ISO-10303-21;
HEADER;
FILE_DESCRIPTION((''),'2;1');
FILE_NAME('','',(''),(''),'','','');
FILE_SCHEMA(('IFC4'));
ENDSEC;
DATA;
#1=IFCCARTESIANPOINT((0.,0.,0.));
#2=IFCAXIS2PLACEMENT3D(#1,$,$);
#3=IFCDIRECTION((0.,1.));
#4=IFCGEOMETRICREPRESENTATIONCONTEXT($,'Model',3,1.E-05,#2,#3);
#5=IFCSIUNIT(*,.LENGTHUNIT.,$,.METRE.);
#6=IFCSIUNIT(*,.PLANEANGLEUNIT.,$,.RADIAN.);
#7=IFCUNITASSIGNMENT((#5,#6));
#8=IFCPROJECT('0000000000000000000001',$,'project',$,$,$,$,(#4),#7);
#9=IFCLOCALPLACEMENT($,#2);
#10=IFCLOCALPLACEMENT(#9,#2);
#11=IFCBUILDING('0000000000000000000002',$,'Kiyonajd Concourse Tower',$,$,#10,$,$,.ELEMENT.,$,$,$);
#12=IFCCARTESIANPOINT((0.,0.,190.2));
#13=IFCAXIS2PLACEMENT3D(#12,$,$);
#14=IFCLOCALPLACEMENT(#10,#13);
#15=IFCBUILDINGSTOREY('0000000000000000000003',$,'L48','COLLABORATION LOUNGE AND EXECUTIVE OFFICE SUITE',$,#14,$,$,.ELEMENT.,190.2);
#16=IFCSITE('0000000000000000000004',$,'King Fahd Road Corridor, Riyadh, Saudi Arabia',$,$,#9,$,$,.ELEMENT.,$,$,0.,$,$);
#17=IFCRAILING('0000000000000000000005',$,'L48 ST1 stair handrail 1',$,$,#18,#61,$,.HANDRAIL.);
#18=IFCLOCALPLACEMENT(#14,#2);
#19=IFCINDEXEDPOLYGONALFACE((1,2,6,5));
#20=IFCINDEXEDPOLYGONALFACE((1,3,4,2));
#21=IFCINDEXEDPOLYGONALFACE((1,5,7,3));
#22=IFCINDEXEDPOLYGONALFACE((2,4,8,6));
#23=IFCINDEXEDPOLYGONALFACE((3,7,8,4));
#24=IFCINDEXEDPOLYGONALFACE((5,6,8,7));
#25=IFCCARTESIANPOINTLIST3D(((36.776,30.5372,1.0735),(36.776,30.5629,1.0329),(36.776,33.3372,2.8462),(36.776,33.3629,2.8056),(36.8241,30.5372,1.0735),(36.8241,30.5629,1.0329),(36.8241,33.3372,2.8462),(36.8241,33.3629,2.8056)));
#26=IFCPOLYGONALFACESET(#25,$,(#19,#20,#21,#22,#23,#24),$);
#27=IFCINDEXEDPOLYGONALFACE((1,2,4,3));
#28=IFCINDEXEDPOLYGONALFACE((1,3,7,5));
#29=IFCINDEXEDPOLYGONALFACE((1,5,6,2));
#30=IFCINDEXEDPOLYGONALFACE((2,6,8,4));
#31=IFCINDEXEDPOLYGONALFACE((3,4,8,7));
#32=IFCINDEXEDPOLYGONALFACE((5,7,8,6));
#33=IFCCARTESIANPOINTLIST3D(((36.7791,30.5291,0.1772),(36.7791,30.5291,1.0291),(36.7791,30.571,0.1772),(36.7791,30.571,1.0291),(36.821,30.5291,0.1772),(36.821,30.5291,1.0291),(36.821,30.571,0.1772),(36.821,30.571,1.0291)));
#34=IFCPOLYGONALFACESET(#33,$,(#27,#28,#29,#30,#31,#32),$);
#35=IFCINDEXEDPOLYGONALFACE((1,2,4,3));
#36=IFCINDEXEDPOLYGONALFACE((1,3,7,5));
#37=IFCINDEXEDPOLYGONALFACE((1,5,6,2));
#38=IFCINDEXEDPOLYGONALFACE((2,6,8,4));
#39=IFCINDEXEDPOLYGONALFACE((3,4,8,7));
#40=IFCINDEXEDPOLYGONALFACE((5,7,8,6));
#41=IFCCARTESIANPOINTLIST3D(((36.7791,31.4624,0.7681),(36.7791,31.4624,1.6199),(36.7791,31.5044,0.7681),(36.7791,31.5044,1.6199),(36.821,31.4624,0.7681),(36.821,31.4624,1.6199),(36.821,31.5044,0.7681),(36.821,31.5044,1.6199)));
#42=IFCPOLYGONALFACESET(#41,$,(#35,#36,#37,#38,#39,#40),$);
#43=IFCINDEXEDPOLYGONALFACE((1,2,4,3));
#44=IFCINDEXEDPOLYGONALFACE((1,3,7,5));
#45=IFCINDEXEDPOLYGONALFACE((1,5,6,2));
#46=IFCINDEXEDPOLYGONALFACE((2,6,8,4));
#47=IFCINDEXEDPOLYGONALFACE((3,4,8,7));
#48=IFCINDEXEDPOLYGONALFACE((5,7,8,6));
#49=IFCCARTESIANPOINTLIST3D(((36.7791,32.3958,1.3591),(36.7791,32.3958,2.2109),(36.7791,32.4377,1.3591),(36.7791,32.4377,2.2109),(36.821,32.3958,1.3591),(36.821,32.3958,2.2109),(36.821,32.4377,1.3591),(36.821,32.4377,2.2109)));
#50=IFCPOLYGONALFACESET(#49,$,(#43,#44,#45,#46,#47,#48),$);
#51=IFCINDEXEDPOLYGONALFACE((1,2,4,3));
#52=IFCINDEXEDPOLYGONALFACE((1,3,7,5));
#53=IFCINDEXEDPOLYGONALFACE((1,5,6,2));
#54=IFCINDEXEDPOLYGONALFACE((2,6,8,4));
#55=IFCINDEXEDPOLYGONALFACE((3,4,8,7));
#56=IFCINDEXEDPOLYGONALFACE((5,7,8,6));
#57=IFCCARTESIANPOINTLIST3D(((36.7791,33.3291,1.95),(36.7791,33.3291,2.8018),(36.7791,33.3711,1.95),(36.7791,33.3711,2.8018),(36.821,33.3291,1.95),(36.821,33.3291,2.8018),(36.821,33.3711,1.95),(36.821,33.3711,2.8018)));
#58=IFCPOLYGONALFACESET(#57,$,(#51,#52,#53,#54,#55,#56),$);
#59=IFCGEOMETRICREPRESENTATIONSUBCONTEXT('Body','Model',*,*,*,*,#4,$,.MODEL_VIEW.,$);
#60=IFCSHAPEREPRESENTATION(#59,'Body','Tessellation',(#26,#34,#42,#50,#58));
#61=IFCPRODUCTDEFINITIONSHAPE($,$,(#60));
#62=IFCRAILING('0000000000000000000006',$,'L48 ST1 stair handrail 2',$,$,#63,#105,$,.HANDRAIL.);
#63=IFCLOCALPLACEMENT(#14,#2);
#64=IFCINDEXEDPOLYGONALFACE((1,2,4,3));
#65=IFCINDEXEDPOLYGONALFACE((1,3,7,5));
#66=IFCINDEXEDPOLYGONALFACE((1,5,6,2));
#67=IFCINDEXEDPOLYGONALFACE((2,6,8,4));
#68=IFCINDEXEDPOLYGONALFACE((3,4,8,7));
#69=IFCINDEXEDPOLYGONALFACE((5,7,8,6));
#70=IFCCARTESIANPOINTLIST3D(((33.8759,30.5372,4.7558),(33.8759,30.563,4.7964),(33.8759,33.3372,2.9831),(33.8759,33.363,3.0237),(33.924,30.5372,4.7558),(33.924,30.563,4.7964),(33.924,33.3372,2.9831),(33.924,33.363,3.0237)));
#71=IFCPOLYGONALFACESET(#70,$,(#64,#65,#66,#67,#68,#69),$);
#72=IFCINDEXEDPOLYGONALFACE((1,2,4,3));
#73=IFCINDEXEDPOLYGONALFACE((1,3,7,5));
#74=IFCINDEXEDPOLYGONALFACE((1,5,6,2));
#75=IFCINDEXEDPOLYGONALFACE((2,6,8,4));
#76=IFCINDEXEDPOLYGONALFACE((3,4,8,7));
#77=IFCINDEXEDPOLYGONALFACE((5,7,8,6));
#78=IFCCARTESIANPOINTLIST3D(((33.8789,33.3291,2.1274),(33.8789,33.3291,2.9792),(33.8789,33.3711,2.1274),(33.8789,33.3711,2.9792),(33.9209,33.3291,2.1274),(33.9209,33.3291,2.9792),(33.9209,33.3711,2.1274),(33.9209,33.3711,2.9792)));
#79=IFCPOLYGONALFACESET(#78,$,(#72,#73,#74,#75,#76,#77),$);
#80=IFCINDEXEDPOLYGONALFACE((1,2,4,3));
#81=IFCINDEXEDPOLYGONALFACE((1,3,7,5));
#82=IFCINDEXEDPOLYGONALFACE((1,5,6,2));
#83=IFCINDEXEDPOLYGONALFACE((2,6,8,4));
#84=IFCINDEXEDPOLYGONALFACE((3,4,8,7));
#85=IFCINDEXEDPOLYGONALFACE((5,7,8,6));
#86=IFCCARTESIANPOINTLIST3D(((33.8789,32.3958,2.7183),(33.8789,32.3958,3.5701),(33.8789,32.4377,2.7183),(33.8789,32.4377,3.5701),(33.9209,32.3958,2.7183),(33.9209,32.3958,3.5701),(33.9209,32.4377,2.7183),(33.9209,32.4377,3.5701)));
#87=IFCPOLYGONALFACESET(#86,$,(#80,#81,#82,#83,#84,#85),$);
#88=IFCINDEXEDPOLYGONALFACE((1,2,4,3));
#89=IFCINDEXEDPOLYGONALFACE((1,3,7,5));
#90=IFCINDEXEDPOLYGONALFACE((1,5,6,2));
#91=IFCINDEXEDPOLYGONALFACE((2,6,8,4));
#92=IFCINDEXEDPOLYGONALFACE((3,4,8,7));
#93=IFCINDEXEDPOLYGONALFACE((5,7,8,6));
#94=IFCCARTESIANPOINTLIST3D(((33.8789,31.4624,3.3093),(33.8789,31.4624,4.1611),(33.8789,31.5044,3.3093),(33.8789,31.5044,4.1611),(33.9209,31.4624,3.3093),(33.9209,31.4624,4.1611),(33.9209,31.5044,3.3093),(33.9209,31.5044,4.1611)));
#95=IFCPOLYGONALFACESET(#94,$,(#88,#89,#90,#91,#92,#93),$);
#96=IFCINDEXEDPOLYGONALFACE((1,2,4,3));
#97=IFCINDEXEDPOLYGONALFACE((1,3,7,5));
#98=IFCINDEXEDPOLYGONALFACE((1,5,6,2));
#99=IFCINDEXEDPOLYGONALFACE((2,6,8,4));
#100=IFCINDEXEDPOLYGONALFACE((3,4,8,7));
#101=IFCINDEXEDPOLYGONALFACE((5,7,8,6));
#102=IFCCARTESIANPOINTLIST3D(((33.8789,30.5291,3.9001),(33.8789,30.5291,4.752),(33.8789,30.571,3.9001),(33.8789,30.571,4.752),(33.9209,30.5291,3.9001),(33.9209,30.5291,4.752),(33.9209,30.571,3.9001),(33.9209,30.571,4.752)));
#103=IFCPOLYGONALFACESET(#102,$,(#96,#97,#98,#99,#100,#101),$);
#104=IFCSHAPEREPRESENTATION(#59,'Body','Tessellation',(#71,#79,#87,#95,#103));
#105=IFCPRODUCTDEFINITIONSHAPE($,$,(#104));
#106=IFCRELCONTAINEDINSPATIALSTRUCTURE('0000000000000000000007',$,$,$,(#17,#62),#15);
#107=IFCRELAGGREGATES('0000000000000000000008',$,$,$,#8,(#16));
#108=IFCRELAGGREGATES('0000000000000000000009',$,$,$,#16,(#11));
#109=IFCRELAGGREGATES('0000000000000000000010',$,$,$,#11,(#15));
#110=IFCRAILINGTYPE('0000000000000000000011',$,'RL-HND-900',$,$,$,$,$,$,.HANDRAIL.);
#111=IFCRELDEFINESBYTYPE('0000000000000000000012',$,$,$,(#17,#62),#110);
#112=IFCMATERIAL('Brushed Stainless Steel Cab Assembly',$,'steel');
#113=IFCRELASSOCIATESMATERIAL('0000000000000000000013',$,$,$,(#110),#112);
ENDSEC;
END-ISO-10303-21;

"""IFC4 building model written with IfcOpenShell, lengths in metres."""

from ifc_helpers import new_model, si_unit, direction, frame, origin, origin_2d, place, context, subcontext, project, spatial, rectangle, extrude, material, type_object, element, save


model = new_model("IFC4")

# Units and contexts
model_context = context("Model", 3, precision=1e-05, world=origin(), true_north=direction((0.0, 1.0)))
body_context = subcontext(model_context, "Body", "Model", "MODEL_VIEW")
ifc_project = project(units=[si_unit("LENGTHUNIT", "METRE"), si_unit("PLANEANGLEUNIT", "RADIAN")], contexts=[model_context])

# Site, building, storey
site_placement = place(None, origin())
site = spatial("IfcSite", under=ifc_project, at=site_placement, Name="King Fahd Road Corridor, Riyadh, Saudi Arabia", CompositionType="ELEMENT", RefElevation=0.0)
building_placement = place(site_placement, origin())
building = spatial("IfcBuilding", under=site, at=building_placement, Name="Kiyonajd Concourse Tower", CompositionType="ELEMENT")
storey_placement = place(building_placement, frame((0.0, 0.0, 190.2)))
storey = spatial("IfcBuildingStorey", under=building, at=storey_placement, Name="L48", Description="COLLABORATION LOUNGE AND EXECUTIVE OFFICE SUITE", CompositionType="ELEMENT", Elevation=190.2)

# Shared definitions
ifc_material_1 = material(Name="Brushed Stainless Steel Cab Assembly", Category="steel")

# Railings
railing_type_1 = type_object("IfcRailingType", Name="RL-HND-900", PredefinedType="HANDRAIL", material=ifc_material_1)
railing_1_placement = place(storey_placement, frame((36.8, 30.55, 0.1772)))
element("IfcRailing", 1, at=railing_1_placement, inside=storey, type_object=railing_type_1, Name="L48 ST1 stair handrail 1", PredefinedType="HANDRAIL", context=body_context, shape_type="SweptSolid", body=[
    extrude(rectangle(XDim=0.0481, YDim=0.0481, at=origin_2d()), frame((0.0, 0.0, 0.876), z_axis=(0.0, 0.844909, 0.53491), x_axis=(-1.0, 0.0, 0.0)), (0.0, 0.0, 1.0), 3.314),
    extrude(rectangle(XDim=0.042, YDim=0.042, at=origin_2d()), origin(), (0.0, 0.0, 1.0), 0.8518),
    extrude(rectangle(XDim=0.042, YDim=0.042, at=origin_2d()), frame((0.0, 0.9333, 0.5908)), (0.0, 0.0, 1.0), 0.8518),
    extrude(rectangle(XDim=0.042, YDim=0.042, at=origin_2d()), frame((0.0, 1.8667, 1.1819)), (0.0, 0.0, 1.0), 0.8518),
    extrude(rectangle(XDim=0.042, YDim=0.042, at=origin_2d()), frame((0.0, 2.8, 1.7727)), (0.0, 0.0, 1.0), 0.8518),
])
railing_2_placement = place(storey_placement, frame((33.8999, 33.3501, 2.1274)))
element("IfcRailing", 2, at=railing_2_placement, inside=storey, type_object=railing_type_1, Name="L48 ST1 stair handrail 2", PredefinedType="HANDRAIL", context=body_context, shape_type="SweptSolid", body=[
    extrude(rectangle(XDim=0.0481, YDim=0.0481, at=origin_2d()), frame((0.0, 0.0, 0.876), z_axis=(0.0, -0.844909, 0.53491), x_axis=(1.0, 0.0, 0.0)), (0.0, 0.0, 1.0), 3.314),
    extrude(rectangle(XDim=0.042, YDim=0.042, at=origin_2d()), origin(), (0.0, 0.0, 1.0), 0.8518),
    extrude(rectangle(XDim=0.042, YDim=0.042, at=origin_2d()), frame((0.0, -0.9333, 0.5908)), (0.0, 0.0, 1.0), 0.8518),
    extrude(rectangle(XDim=0.042, YDim=0.042, at=origin_2d()), frame((0.0, -1.8667, 1.1819)), (0.0, 0.0, 1.0), 0.8518),
    extrude(rectangle(XDim=0.042, YDim=0.042, at=origin_2d()), frame((0.0, -2.8, 1.7727)), (0.0, 0.0, 1.0), 0.8518),
])

save(model, "model.ifc")
